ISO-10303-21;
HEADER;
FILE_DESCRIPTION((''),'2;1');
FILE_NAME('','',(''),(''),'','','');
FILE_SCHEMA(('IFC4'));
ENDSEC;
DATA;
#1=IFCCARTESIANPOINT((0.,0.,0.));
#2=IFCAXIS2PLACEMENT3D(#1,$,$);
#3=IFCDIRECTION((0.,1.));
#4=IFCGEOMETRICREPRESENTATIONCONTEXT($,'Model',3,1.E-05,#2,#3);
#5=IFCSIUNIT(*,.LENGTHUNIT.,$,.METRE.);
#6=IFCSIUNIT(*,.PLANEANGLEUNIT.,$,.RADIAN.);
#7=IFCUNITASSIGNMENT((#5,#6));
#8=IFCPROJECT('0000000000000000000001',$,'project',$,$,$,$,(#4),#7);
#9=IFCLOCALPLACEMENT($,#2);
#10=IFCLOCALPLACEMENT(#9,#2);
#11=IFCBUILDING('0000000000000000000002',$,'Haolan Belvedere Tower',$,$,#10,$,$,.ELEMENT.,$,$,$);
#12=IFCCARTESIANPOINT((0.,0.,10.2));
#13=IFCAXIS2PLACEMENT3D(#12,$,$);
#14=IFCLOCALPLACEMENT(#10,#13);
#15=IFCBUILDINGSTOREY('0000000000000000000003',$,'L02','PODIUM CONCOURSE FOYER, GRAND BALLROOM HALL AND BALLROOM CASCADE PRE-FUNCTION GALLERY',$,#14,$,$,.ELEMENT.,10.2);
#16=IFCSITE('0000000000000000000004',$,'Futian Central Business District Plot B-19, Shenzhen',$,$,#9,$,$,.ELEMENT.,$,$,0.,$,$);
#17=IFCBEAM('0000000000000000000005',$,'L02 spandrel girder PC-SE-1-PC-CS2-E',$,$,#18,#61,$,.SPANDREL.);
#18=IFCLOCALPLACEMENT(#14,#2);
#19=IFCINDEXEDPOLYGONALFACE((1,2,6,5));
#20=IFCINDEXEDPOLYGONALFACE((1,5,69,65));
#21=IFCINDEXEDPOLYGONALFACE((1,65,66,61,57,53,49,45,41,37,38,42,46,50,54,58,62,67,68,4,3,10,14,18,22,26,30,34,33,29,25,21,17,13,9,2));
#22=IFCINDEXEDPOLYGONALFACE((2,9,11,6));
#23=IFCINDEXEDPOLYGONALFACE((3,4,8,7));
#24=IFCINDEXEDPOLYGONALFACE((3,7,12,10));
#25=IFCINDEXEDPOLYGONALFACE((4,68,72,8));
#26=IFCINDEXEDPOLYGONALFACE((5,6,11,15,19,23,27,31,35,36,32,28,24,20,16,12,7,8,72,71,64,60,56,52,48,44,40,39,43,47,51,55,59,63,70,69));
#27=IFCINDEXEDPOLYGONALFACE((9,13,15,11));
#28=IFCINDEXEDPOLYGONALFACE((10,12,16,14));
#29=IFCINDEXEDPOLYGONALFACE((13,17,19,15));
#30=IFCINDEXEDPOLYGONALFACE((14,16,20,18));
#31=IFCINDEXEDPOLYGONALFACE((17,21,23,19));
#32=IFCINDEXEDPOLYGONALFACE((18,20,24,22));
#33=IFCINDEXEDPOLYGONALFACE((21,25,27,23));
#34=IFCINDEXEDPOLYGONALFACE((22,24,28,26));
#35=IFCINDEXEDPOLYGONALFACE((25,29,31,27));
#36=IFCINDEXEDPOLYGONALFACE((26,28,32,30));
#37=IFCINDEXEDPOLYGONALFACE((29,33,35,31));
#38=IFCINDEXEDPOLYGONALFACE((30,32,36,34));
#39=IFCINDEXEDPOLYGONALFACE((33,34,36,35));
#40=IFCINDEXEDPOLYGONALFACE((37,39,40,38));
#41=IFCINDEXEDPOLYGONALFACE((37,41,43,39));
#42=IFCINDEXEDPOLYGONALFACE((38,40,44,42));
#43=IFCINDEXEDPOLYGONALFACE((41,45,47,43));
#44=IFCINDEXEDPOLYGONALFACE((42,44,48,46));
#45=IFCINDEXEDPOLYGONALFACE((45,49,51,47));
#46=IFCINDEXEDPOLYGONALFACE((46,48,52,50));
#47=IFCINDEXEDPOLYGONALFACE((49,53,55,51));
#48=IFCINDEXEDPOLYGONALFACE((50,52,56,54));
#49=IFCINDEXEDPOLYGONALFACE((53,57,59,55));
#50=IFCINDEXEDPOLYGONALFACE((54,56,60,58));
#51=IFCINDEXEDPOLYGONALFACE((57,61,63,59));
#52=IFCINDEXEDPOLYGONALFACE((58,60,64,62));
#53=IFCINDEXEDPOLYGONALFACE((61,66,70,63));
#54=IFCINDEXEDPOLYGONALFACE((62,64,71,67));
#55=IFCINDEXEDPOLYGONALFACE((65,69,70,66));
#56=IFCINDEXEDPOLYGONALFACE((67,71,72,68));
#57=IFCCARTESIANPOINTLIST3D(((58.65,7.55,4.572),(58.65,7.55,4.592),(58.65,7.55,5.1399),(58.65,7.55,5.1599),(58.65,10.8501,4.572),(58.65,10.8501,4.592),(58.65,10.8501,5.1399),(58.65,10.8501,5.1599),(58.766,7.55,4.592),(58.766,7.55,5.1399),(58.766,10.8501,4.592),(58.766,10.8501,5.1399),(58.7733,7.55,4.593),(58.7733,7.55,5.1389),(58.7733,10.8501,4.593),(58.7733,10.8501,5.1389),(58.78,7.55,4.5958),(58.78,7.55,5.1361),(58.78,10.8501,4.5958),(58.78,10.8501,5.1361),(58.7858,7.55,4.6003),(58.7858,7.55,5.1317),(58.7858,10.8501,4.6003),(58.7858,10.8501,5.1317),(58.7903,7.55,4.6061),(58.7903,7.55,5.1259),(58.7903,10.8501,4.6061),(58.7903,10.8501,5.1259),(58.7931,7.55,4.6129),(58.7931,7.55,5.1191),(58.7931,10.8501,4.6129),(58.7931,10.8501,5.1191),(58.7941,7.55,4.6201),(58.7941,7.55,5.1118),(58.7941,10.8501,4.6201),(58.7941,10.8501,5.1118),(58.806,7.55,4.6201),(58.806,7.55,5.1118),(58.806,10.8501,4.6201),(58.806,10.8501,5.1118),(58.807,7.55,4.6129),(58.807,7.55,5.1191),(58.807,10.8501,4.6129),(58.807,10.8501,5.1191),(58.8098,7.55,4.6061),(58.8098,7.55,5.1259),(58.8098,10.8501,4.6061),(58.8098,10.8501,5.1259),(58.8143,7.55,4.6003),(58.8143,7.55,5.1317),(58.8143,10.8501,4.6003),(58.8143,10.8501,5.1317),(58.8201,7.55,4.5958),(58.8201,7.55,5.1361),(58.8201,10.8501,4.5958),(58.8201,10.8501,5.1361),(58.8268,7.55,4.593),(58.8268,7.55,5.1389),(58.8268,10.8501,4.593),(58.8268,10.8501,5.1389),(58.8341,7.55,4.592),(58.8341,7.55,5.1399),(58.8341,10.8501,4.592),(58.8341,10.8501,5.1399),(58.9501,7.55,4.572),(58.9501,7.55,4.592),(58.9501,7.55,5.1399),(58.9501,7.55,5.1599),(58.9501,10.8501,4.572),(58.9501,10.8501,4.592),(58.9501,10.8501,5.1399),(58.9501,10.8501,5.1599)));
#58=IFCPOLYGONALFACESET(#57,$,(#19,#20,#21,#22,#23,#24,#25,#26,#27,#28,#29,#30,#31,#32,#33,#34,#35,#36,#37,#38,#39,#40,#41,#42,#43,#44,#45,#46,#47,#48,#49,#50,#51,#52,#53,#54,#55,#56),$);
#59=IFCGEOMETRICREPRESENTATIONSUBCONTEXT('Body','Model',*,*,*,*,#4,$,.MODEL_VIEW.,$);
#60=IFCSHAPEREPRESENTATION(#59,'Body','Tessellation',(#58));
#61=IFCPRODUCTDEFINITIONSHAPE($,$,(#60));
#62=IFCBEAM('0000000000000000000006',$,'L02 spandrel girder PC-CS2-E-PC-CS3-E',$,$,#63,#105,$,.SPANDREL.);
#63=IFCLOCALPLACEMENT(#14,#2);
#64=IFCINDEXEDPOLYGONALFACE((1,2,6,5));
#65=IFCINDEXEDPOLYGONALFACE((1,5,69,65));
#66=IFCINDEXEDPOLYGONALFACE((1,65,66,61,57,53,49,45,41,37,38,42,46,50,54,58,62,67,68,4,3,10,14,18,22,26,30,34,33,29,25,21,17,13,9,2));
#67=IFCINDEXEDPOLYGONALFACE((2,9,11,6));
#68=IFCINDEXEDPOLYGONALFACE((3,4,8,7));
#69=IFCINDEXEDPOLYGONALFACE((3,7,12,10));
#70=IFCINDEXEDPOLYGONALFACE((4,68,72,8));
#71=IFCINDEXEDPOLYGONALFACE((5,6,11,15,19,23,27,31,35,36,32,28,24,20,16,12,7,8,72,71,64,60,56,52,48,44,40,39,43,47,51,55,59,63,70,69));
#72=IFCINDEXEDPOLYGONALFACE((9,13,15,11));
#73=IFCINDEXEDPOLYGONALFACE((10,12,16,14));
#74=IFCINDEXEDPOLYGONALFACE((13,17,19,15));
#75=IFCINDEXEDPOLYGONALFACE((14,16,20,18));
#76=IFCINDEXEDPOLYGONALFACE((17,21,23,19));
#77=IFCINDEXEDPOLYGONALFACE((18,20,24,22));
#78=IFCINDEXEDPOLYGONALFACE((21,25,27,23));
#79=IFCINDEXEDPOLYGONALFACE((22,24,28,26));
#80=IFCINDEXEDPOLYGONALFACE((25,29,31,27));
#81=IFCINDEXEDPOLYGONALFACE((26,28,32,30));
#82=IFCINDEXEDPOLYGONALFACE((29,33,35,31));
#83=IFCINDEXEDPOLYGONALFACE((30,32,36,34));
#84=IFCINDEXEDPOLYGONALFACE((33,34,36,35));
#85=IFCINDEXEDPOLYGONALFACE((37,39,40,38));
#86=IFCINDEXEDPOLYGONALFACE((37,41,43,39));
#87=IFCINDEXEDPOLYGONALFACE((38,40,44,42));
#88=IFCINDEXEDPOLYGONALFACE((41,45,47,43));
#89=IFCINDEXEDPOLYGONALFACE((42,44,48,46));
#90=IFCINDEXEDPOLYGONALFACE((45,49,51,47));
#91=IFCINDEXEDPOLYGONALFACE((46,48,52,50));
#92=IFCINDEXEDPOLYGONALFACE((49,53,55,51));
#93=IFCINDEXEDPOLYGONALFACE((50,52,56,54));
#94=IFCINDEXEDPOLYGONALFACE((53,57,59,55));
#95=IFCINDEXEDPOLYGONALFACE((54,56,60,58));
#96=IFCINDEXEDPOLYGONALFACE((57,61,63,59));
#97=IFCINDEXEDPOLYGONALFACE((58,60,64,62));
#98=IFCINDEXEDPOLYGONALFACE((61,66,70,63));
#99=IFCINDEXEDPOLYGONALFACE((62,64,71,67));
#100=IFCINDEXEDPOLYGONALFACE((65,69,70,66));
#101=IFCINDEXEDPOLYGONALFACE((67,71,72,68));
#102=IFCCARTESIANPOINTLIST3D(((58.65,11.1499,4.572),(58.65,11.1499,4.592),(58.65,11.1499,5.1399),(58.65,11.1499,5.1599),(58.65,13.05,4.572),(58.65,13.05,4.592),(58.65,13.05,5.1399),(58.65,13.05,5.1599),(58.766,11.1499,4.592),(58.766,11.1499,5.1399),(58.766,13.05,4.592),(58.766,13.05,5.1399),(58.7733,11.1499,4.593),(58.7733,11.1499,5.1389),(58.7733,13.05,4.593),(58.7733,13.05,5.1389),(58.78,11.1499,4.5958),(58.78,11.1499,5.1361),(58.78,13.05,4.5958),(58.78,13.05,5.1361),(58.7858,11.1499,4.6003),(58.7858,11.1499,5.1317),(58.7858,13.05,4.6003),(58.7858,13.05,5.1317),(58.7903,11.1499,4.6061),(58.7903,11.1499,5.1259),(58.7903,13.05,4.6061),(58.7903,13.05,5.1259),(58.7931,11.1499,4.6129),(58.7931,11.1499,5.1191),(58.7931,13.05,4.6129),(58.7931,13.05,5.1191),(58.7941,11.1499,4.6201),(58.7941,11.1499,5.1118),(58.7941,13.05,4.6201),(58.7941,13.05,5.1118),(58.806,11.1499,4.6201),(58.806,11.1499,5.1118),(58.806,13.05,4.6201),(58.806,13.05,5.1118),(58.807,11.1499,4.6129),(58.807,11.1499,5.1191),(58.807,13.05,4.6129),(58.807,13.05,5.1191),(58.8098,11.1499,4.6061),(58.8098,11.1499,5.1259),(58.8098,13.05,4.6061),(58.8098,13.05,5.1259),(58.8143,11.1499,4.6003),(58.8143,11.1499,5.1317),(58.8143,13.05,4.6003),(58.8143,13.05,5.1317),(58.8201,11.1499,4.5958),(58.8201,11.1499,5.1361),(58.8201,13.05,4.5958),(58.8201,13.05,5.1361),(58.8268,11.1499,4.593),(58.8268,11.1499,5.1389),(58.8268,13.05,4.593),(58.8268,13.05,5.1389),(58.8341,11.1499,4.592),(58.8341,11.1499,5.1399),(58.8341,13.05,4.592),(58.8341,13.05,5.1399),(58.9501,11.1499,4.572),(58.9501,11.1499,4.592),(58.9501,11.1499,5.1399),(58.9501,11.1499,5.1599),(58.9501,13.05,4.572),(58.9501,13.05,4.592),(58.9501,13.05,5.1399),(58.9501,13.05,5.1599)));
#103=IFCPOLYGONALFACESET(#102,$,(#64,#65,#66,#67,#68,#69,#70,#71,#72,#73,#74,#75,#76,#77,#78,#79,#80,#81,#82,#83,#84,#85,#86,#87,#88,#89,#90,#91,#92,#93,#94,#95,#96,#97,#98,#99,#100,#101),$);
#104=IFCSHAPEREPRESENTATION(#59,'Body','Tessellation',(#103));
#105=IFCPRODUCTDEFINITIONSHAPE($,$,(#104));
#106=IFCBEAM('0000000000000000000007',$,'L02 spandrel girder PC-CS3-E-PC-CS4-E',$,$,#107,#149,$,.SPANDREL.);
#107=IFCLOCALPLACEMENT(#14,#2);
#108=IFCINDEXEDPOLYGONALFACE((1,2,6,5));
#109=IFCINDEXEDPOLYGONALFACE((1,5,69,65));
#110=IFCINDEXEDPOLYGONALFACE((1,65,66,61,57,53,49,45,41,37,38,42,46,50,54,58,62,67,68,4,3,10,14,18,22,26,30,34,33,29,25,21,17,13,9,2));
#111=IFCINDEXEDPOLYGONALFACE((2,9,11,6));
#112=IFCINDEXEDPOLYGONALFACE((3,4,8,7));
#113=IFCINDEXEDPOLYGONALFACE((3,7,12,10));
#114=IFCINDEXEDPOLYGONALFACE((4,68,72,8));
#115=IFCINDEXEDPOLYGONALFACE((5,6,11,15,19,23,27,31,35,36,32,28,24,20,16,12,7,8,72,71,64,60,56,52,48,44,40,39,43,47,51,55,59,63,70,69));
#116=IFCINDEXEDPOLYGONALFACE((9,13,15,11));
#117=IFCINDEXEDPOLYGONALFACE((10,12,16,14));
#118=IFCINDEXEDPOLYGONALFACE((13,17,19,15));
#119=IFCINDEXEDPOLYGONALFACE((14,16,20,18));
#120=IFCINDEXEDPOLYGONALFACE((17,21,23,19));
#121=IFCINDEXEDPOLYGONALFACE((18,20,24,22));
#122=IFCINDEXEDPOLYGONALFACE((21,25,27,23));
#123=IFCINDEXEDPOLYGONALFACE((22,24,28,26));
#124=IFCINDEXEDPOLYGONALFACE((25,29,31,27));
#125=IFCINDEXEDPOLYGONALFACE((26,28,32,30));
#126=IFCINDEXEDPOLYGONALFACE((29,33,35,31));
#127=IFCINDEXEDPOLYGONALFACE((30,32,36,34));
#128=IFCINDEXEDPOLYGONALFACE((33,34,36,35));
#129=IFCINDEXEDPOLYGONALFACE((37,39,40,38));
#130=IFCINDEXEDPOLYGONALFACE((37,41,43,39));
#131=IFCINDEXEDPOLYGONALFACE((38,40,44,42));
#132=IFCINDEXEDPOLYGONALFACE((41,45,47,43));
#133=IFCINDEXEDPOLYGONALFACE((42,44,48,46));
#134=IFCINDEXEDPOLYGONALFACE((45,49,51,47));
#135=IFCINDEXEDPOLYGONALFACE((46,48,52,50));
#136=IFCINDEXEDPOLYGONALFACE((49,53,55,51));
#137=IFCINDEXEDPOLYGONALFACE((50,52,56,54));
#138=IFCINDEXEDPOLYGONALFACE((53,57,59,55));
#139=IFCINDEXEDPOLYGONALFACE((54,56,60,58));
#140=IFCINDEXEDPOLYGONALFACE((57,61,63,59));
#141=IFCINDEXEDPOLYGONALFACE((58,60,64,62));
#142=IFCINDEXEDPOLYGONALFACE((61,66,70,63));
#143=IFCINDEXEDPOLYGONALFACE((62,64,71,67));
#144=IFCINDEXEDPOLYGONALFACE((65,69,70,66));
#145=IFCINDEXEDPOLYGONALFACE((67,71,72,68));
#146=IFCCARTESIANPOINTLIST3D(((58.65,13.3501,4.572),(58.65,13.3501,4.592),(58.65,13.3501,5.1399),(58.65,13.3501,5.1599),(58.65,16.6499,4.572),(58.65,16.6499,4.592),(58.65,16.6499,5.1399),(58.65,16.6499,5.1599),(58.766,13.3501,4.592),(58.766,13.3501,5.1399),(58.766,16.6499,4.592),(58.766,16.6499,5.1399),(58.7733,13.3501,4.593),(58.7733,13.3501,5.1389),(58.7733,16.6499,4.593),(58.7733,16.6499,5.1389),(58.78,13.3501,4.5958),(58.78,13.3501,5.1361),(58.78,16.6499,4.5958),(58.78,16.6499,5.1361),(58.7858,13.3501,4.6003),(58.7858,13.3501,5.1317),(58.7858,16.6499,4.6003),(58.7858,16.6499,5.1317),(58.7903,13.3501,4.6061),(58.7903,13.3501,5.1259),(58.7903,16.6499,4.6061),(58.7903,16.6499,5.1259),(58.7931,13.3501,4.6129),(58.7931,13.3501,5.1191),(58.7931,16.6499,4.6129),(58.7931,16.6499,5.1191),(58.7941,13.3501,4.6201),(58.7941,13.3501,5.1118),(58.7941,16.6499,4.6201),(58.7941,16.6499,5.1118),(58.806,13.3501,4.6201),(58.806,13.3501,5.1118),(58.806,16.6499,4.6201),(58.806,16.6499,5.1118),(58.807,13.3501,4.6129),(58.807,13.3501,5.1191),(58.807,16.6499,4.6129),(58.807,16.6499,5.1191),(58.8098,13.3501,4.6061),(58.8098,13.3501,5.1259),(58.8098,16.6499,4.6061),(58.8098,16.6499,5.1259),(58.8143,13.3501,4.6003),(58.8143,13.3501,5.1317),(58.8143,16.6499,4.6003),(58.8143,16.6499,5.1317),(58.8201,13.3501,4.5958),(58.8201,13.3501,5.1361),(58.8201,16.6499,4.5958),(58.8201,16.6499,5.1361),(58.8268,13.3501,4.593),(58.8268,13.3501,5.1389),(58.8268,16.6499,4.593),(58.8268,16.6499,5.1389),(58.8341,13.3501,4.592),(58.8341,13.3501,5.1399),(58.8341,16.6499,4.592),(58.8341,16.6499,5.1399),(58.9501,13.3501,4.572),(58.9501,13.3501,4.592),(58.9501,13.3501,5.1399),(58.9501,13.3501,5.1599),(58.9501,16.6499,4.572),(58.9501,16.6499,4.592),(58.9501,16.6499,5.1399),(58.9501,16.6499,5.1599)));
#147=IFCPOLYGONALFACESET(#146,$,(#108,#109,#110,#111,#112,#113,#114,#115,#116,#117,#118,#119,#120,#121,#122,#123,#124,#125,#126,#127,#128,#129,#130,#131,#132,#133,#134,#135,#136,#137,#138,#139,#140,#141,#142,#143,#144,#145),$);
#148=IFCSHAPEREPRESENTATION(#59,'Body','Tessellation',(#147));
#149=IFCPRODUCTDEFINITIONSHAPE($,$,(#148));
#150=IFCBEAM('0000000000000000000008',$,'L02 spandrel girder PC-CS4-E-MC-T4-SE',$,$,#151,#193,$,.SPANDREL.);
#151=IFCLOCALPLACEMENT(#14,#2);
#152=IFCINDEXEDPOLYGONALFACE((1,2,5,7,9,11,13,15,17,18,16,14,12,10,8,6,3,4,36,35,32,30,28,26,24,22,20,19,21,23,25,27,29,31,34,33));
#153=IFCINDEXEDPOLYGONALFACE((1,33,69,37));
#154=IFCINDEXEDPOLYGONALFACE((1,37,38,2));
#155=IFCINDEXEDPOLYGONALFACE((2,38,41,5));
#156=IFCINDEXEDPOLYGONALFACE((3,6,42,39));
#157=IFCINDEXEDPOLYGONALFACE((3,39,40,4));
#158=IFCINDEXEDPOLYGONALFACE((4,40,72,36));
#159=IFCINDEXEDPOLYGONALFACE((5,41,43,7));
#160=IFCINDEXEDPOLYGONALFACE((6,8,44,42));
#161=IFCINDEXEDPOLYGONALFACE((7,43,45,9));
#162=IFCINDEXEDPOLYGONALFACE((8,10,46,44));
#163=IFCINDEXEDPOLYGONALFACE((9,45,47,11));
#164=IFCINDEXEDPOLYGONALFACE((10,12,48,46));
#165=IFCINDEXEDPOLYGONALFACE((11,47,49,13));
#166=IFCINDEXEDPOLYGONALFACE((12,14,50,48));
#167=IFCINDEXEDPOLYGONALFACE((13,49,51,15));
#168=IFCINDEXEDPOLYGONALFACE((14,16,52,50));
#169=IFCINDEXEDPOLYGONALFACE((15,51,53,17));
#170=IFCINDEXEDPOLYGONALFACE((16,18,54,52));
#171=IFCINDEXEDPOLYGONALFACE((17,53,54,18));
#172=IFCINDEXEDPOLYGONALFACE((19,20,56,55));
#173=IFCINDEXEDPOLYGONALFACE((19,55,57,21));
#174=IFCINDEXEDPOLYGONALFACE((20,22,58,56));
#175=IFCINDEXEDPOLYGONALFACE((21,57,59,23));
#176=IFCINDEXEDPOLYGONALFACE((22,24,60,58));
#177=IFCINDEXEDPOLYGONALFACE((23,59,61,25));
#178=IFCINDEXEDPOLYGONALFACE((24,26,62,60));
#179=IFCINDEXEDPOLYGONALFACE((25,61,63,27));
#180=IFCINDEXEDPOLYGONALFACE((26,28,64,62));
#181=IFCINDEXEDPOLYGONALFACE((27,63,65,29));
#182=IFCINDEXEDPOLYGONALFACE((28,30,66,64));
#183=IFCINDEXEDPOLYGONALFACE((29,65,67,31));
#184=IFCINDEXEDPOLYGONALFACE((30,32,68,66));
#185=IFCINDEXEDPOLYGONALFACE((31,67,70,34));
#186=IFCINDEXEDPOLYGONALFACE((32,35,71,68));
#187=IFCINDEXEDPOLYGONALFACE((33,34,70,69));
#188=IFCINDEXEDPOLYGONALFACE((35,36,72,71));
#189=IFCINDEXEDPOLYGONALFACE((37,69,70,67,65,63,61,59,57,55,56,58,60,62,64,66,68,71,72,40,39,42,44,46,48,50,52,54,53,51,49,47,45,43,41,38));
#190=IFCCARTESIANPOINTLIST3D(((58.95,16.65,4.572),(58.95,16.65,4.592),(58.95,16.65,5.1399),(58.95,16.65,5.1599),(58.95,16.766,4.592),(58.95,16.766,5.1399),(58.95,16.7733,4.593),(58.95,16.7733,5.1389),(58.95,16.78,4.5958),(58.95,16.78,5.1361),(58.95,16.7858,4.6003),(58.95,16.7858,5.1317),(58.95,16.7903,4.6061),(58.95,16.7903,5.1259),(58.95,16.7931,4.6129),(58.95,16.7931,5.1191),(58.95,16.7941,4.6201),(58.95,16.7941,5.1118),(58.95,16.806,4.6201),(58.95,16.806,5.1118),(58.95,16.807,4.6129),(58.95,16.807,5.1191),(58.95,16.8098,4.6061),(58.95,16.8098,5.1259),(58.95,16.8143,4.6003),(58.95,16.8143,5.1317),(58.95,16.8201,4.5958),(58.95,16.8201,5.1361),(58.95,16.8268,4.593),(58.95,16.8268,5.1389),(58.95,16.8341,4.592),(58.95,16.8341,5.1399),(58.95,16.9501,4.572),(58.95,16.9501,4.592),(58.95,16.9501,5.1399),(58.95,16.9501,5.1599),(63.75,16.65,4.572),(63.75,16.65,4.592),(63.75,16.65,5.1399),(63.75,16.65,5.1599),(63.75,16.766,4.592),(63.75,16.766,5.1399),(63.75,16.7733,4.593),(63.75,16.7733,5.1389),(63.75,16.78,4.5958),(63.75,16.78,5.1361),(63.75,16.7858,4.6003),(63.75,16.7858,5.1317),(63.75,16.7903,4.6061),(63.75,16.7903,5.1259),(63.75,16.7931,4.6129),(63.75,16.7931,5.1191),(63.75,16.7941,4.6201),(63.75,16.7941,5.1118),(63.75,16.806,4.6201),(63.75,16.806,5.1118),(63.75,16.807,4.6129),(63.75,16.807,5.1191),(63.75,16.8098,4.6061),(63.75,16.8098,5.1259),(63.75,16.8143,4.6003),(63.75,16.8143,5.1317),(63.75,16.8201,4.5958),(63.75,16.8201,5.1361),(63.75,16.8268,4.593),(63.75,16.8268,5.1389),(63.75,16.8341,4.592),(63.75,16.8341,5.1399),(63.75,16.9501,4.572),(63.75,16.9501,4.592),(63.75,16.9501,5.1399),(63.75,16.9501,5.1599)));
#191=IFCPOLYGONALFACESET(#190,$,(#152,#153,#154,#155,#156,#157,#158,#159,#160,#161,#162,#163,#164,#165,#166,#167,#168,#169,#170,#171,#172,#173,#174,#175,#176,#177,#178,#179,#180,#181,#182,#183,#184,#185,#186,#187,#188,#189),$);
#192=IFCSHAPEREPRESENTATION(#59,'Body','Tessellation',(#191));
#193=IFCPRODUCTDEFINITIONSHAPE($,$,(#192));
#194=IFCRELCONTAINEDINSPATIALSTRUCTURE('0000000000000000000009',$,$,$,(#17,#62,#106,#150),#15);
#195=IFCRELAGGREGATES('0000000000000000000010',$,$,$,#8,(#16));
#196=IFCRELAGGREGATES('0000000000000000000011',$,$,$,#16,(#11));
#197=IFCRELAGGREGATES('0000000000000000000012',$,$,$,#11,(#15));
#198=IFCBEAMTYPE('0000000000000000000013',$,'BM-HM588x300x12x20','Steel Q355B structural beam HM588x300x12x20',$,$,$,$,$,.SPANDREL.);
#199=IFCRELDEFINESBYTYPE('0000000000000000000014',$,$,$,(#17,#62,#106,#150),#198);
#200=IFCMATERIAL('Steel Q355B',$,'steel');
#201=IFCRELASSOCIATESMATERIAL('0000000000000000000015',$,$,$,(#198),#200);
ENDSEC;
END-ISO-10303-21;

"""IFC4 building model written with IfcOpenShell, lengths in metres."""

from ifc_helpers import new_model, si_unit, direction, frame, origin, origin_2d, place, context, subcontext, project, spatial, i_section, extrude, material, material_profile, profile_set, type_object, element, save


model = new_model("IFC4")

# Units and contexts
model_context = context("Model", 3, precision=1e-05, world=origin(), true_north=direction((0.0, 1.0)))
body_context = subcontext(model_context, "Body", "Model", "MODEL_VIEW")
ifc_project = project(units=[si_unit("LENGTHUNIT", "METRE"), si_unit("PLANEANGLEUNIT", "RADIAN")], contexts=[model_context])

# Site, building, storey
site_placement = place(None, origin())
site = spatial("IfcSite", under=ifc_project, at=site_placement, Name="Futian Central Business District Plot B-19, Shenzhen", CompositionType="ELEMENT", RefElevation=0.0)
building_placement = place(site_placement, origin())
building = spatial("IfcBuilding", under=site, at=building_placement, Name="Haolan Belvedere Tower", CompositionType="ELEMENT")
storey_placement = place(building_placement, frame((0.0, 0.0, 10.2)))
storey = spatial("IfcBuildingStorey", under=building, at=storey_placement, Name="L02", Description="PODIUM CONCOURSE FOYER, GRAND BALLROOM HALL AND BALLROOM CASCADE PRE-FUNCTION GALLERY", CompositionType="ELEMENT", Elevation=10.2)

# Shared definitions
ifc_material_1 = material(Name="Steel Q355B", Category="steel")

# Beams
ifc_material_profile_1 = material_profile(ifc_material_1, i_section(OverallWidth=0.3, OverallDepth=0.5879, WebThickness=0.012, FlangeThickness=0.02, FilletRadius=0.0281, at=origin_2d()), Name="Steel Q355B")
ifc_profile_set_1 = profile_set([ifc_material_profile_1], Name="Steel Q355B")
beam_type_1 = type_object("IfcBeamType", Name="BM-HM588x300x12x20", Description="Steel Q355B structural beam HM588x300x12x20", PredefinedType="SPANDREL", material=ifc_profile_set_1)
beam_1_placement = place(storey_placement, frame((58.8, 7.55, 4.866), z_axis=(0.0, 1.0, 0.0), x_axis=(-1.0, 0.0, 0.0)))
element("IfcBeam", 1, at=beam_1_placement, inside=storey, type_object=beam_type_1, Name="L02 spandrel girder PC-SE-1-PC-CS2-E", PredefinedType="SPANDREL", context=body_context, shape_type="SweptSolid", body=[
    extrude(i_section(OverallWidth=0.3, OverallDepth=0.5879, WebThickness=0.012, FlangeThickness=0.02, FilletRadius=0.0281, at=origin_2d()), origin(), (0.0, 0.0, 1.0), 3.3),
])
beam_2_placement = place(storey_placement, frame((58.8, 11.1499, 4.866), z_axis=(0.0, 1.0, 0.0), x_axis=(-1.0, 0.0, 0.0)))
element("IfcBeam", 2, at=beam_2_placement, inside=storey, type_object=beam_type_1, Name="L02 spandrel girder PC-CS2-E-PC-CS3-E", PredefinedType="SPANDREL", context=body_context, shape_type="SweptSolid", body=[
    extrude(i_section(OverallWidth=0.3, OverallDepth=0.5879, WebThickness=0.012, FlangeThickness=0.02, FilletRadius=0.0281, at=origin_2d()), origin(), (0.0, 0.0, 1.0), 1.9001),
])
beam_3_placement = place(storey_placement, frame((58.8, 13.3501, 4.866), z_axis=(0.0, 1.0, 0.0), x_axis=(-1.0, 0.0, 0.0)))
element("IfcBeam", 3, at=beam_3_placement, inside=storey, type_object=beam_type_1, Name="L02 spandrel girder PC-CS3-E-PC-CS4-E", PredefinedType="SPANDREL", context=body_context, shape_type="SweptSolid", body=[
    extrude(i_section(OverallWidth=0.3, OverallDepth=0.5879, WebThickness=0.012, FlangeThickness=0.02, FilletRadius=0.0281, at=origin_2d()), origin(), (0.0, 0.0, 1.0), 3.2998),
])
beam_4_placement = place(storey_placement, frame((58.95, 16.8, 4.866), z_axis=(1.0, 0.0, 0.0), x_axis=(0.0, 1.0, 0.0)))
element("IfcBeam", 4, at=beam_4_placement, inside=storey, type_object=beam_type_1, Name="L02 spandrel girder PC-CS4-E-MC-T4-SE", PredefinedType="SPANDREL", context=body_context, shape_type="SweptSolid", body=[
    extrude(i_section(OverallWidth=0.3, OverallDepth=0.5879, WebThickness=0.012, FlangeThickness=0.02, FilletRadius=0.0281, at=origin_2d()), origin(), (0.0, 0.0, 1.0), 4.8),
])

save(model, "model.ifc")
